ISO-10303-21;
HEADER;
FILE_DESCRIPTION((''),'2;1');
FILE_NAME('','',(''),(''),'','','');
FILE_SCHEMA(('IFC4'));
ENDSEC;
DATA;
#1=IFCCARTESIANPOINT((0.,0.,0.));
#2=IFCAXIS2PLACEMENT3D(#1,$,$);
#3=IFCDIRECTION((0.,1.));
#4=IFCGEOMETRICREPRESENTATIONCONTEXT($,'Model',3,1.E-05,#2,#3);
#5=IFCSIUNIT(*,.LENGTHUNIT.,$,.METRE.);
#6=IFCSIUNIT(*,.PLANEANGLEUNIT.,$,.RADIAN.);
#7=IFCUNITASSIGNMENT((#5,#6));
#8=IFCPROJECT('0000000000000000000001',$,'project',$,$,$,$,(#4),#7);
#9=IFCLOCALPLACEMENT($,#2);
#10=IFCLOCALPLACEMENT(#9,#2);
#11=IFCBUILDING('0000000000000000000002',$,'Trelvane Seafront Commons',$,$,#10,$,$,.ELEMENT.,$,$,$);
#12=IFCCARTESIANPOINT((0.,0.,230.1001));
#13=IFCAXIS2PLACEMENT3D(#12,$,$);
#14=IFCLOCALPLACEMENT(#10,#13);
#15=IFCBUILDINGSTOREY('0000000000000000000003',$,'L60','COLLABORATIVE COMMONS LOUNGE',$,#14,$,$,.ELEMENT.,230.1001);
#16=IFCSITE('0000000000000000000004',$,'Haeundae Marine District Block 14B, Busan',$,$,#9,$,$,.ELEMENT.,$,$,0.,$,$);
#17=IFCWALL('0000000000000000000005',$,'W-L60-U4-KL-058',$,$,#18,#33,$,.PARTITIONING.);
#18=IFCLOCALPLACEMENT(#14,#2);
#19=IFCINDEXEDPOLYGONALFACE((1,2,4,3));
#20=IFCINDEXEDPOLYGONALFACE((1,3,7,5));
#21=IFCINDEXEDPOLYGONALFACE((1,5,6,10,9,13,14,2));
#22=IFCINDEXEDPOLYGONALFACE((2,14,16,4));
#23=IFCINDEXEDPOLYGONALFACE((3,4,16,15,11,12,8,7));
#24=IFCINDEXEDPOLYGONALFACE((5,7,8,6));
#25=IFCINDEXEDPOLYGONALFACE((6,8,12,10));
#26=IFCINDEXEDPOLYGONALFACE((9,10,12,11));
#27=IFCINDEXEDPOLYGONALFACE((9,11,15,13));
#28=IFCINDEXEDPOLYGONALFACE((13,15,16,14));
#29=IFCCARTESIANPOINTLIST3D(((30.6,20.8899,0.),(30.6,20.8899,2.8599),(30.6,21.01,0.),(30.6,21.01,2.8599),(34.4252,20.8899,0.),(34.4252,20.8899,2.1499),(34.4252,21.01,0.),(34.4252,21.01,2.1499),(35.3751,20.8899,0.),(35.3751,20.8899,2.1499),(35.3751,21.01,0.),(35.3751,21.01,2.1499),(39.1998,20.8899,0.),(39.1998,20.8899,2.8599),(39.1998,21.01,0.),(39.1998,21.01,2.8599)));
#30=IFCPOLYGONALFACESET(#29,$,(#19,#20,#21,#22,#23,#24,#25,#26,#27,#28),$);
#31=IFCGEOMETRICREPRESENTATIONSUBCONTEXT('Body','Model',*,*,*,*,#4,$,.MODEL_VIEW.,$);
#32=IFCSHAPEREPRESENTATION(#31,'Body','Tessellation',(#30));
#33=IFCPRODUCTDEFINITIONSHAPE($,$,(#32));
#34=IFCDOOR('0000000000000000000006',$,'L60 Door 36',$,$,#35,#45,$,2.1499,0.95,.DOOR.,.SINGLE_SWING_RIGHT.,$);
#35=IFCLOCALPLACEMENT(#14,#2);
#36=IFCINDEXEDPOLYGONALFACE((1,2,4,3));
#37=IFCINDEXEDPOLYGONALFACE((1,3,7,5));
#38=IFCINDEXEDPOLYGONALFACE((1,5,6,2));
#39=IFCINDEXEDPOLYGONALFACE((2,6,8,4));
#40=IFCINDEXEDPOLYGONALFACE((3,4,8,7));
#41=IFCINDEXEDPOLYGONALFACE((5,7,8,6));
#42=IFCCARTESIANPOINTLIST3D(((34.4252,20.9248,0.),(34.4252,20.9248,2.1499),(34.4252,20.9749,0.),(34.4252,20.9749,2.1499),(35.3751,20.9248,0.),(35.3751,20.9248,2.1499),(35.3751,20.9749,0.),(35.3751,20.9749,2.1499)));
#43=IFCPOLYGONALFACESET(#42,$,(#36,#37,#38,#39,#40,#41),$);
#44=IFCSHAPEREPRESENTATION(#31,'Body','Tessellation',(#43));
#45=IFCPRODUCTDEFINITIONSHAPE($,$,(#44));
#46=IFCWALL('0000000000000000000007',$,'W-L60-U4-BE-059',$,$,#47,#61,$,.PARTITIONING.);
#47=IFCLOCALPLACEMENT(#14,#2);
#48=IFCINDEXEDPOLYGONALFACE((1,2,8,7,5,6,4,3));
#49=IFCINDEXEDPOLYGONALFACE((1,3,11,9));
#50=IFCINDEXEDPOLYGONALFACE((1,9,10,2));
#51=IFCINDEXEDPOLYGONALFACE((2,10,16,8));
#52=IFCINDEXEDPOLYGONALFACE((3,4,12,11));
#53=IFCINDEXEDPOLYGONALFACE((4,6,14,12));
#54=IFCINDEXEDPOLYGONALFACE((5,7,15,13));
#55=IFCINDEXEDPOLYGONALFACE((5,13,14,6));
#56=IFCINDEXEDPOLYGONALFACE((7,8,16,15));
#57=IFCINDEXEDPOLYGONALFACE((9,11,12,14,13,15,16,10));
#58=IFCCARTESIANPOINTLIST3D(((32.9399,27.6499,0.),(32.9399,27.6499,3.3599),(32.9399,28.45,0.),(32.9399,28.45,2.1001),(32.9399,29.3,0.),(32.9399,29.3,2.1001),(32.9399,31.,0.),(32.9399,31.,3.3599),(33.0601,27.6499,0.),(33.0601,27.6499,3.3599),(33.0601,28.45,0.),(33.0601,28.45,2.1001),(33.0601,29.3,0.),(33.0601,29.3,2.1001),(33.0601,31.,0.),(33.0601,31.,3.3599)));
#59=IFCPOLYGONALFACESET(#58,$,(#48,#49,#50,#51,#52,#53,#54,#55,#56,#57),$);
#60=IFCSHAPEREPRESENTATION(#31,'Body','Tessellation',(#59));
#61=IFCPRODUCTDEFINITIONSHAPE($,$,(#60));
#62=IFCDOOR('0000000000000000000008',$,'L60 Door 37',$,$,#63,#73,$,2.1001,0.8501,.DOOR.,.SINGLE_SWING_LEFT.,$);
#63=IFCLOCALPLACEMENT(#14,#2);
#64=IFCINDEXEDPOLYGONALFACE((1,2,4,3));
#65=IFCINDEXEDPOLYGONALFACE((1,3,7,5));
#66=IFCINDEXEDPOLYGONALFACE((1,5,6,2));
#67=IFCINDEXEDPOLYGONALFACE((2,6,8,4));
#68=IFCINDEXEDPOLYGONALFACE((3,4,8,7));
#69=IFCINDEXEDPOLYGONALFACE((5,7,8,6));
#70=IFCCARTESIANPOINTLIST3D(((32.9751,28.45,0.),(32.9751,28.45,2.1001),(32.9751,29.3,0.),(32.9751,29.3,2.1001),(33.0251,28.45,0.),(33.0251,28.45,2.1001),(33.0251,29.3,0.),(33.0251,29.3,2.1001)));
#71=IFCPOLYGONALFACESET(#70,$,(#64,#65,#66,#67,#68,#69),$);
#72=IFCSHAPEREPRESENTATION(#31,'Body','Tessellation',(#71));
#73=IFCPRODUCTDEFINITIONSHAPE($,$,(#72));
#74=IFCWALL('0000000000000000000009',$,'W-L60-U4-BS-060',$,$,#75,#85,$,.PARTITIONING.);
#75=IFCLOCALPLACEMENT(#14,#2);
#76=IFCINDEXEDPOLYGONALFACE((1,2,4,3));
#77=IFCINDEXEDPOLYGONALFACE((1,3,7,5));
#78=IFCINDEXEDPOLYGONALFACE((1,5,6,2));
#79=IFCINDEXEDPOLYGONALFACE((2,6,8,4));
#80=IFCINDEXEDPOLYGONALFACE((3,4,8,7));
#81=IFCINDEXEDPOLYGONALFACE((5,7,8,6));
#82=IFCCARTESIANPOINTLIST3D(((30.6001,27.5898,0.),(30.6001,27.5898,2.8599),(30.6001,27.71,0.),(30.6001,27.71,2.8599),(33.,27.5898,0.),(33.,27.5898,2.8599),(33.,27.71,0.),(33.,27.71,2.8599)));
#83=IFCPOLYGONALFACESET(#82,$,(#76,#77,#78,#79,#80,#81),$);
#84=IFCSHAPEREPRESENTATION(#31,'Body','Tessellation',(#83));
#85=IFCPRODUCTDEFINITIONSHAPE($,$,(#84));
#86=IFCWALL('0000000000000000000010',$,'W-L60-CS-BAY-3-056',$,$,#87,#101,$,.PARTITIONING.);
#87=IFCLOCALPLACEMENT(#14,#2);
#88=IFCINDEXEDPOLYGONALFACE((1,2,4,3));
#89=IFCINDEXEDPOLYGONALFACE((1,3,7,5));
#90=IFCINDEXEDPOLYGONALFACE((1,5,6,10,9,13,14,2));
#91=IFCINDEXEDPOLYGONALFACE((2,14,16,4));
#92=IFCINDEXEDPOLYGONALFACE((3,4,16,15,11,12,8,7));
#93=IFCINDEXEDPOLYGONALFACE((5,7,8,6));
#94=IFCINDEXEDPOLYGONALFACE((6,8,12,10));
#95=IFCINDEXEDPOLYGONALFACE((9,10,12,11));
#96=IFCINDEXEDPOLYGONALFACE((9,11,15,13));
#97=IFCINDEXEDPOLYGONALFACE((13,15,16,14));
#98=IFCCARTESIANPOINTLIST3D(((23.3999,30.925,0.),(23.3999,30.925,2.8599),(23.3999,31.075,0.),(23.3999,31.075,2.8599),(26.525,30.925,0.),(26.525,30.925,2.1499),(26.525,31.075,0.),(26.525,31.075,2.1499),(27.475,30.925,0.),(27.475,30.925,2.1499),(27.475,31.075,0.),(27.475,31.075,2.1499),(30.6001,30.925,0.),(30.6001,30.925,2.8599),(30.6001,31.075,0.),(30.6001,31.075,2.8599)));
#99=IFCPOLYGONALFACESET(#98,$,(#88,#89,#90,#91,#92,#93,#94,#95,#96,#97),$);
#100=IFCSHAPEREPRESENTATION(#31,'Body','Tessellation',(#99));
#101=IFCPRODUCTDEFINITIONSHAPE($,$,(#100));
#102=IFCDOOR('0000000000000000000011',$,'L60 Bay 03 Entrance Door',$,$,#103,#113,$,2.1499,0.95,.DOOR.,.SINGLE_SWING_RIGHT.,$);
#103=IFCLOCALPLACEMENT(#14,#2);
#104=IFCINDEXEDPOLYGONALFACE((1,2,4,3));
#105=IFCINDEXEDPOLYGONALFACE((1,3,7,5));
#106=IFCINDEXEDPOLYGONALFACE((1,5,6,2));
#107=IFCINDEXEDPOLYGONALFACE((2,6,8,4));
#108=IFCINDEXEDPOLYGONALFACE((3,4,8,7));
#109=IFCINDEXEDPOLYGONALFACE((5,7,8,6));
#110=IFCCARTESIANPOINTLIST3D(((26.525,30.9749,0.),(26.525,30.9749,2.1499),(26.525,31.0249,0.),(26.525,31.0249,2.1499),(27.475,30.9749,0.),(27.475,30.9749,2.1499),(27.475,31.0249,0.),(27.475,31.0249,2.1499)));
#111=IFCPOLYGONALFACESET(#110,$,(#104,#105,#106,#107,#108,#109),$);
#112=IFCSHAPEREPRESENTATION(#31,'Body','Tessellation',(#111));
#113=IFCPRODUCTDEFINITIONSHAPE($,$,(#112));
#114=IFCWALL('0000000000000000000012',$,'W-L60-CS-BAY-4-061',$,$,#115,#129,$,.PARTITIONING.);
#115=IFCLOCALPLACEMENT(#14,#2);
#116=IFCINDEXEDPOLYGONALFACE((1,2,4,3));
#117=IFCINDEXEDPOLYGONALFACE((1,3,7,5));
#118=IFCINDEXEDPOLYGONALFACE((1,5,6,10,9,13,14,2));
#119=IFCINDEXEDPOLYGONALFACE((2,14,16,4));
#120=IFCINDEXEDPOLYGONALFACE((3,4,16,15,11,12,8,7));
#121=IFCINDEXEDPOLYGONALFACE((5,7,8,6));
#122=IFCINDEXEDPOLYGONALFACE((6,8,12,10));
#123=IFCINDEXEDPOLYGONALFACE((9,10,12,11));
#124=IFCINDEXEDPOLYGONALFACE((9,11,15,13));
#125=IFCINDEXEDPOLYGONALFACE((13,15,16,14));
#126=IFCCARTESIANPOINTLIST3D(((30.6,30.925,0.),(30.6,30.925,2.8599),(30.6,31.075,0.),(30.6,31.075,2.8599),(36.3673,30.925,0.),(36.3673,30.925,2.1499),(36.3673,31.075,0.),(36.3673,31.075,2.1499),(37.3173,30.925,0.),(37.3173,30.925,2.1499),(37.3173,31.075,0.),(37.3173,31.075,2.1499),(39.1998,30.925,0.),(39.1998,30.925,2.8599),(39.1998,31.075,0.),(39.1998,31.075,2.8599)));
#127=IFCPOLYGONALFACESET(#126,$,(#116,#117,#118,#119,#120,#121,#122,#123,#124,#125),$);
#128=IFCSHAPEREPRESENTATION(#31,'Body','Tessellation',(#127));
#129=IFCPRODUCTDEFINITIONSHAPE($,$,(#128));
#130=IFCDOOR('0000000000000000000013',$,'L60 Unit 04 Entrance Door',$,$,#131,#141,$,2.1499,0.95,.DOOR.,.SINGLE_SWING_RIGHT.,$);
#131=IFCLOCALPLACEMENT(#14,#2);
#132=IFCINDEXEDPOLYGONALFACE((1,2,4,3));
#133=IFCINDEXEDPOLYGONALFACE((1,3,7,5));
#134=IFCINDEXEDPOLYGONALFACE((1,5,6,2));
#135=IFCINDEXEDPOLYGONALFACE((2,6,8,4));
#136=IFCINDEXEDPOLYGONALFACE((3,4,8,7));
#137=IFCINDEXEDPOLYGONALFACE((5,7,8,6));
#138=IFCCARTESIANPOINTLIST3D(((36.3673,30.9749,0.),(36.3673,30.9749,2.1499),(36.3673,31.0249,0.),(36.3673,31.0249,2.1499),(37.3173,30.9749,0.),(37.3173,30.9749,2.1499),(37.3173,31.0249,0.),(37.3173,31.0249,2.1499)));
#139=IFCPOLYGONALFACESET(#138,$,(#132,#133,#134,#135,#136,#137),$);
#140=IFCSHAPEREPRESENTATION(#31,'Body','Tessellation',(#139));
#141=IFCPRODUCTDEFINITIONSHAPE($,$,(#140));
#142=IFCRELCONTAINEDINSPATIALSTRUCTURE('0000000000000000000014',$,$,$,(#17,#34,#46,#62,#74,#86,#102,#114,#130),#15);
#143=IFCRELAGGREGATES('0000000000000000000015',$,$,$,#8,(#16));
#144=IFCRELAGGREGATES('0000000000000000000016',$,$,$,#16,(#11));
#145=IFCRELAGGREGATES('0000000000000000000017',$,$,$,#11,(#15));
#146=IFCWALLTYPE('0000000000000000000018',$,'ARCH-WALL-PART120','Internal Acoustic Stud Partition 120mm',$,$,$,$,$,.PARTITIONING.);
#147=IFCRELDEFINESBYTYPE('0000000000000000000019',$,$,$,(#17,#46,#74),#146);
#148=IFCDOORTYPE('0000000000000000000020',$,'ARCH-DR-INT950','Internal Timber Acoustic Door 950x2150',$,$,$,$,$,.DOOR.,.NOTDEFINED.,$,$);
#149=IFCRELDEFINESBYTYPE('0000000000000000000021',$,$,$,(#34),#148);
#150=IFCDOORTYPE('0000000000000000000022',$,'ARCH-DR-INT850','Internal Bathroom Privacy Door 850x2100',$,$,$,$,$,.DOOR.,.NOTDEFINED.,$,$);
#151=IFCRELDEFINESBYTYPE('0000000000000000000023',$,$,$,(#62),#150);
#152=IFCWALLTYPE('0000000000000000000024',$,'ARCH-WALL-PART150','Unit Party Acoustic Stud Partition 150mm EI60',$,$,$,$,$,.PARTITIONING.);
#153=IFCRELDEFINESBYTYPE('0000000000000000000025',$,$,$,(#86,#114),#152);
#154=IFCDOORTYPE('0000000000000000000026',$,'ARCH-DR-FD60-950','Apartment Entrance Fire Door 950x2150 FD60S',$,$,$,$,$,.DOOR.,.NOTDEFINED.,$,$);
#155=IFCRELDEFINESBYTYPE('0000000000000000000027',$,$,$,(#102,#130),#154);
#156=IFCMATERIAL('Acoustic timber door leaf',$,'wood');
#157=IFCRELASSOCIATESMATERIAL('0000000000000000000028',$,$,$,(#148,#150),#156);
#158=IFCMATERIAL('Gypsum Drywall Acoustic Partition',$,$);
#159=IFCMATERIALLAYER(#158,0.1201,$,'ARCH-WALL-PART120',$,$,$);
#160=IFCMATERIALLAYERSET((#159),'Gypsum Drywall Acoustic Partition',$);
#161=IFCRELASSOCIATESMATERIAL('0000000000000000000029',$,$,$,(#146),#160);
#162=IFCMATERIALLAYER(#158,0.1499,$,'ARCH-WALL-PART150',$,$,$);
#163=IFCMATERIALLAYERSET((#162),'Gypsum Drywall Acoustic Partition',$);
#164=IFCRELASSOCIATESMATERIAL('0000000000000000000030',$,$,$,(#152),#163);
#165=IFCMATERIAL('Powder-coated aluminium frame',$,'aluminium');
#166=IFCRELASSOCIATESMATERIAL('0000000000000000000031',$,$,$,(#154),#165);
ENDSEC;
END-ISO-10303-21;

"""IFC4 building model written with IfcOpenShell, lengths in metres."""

from ifc_helpers import new_model, si_unit, direction, frame, frame_2d, origin, place, context, subcontext, project, spatial, rectangle, extrude, source, transform, mapped, material, layer, layer_set, type_object, element, fill, save


model = new_model("IFC4")

# Units and contexts
model_context = context("Model", 3, precision=1e-05, world=origin(), true_north=direction((0.0, 1.0)))
body_context = subcontext(model_context, "Body", "Model", "MODEL_VIEW")
ifc_project = project(units=[si_unit("LENGTHUNIT", "METRE"), si_unit("PLANEANGLEUNIT", "RADIAN")], contexts=[model_context])

# Site, building, storey
site_placement = place(None, origin())
site = spatial("IfcSite", under=ifc_project, at=site_placement, Name="Haeundae Marine District Block 14B, Busan", CompositionType="ELEMENT", RefElevation=0.0)
building_placement = place(site_placement, origin())
building = spatial("IfcBuilding", under=site, at=building_placement, Name="Trelvane Seafront Commons", CompositionType="ELEMENT")
storey_placement = place(building_placement, frame((0.0, 0.0, 230.1001)))
storey = spatial("IfcBuildingStorey", under=building, at=storey_placement, Name="L60", Description="COLLABORATIVE COMMONS LOUNGE", CompositionType="ELEMENT", Elevation=230.1001)

# Walls, openings, doors
ifc_material_1 = material(Name="Powder-coated aluminium frame", Category="aluminium")
ifc_material_2 = material(Name="Acoustic timber door leaf", Category="wood")
door_type_1 = type_object("IfcDoorType", Name="ARCH-DR-INT950", Description="Internal Timber Acoustic Door 950x2150", OperationType="NOTDEFINED", PredefinedType="DOOR", material=ifc_material_2)
shared_shape_1 = source(origin(), body_context, "Body", "SweptSolid", [
    extrude(rectangle(XDim=0.95, YDim=2.1499, at=frame_2d((0.4751, 1.075))), frame((0.0, 0.0249, 0.0), z_axis=(0.0, -1.0, 0.0), x_axis=(1.0, 0.0, 0.0)), (0.0, 0.0, 1.0), 0.05),
])
ifc_material_3 = material(Name="Gypsum Drywall Acoustic Partition")
ifc_layer_1 = layer(ifc_material_3, 0.1201, Name="ARCH-WALL-PART120")
ifc_layer_set_1 = layer_set([ifc_layer_1], Name="Gypsum Drywall Acoustic Partition")
wall_type_1 = type_object("IfcWallType", Name="ARCH-WALL-PART120", Description="Internal Acoustic Stud Partition 120mm", PredefinedType="PARTITIONING", material=ifc_layer_set_1)
wall_1_placement = place(storey_placement, frame((30.6001, 20.95, 0.0), z_axis=(0.0, 0.0, 1.0), x_axis=(1.0, 0.0, 0.0)))
wall_1 = element("IfcWall", 1, at=wall_1_placement, inside=storey, type_object=wall_type_1, Name="W-L60-U4-KL-058", PredefinedType="PARTITIONING", context=body_context, shape_type="SweptSolid", body=[
    extrude(rectangle(XDim=8.5999, YDim=0.1201, at=frame_2d((4.2998, 0.0))), origin(), (0.0, 0.0, 1.0), 2.8599),
])
opening_1_placement = place(wall_1_placement, frame((3.825, 0.0, 0.0)))
opening_1 = element("IfcOpeningElement", 2, at=opening_1_placement, cuts=wall_1, PredefinedType="OPENING", context=body_context, shape_type="SweptSolid", body=[
    extrude(rectangle(XDim=0.95, YDim=2.1499, at=frame_2d((0.4751, 1.075))), frame((0.0, 0.0701, 0.0), z_axis=(0.0, -1.0, 0.0), x_axis=(1.0, 0.0, 0.0)), (0.0, 0.0, 1.0), 0.1401),
])
door_1_placement = place(opening_1_placement, origin())
door_1 = element("IfcDoor", 3, at=door_1_placement, inside=storey, type_object=door_type_1, Name="L60 Door 36", OperationType="SINGLE_SWING_RIGHT", OverallHeight=2.1499, OverallWidth=0.95, PredefinedType="DOOR", context=body_context, shape_type="MappedRepresentation", body=[
    mapped(shared_shape_1, transform((0.0, 0.0, 0.0), x_axis=(1.0, 0.0, 0.0), y_axis=(0.0, 1.0, 0.0), z_axis=(0.0, 0.0, 1.0), scale=1.0)),
])
fill(opening_1, door_1)
wall_2_placement = place(storey_placement, frame((33.0, 27.6499, 0.0), z_axis=(0.0, 0.0, 1.0), x_axis=(0.0, 1.0, 0.0)))
wall_2 = element("IfcWall", 4, at=wall_2_placement, inside=storey, type_object=wall_type_1, Name="W-L60-U4-BE-059", PredefinedType="PARTITIONING", context=body_context, shape_type="SweptSolid", body=[
    extrude(rectangle(XDim=3.3501, YDim=0.1201, at=frame_2d((1.675, 0.0))), origin(), (0.0, 0.0, 1.0), 3.3599),
])
opening_2_placement = place(wall_2_placement, frame((0.8, 0.0, 0.0)))
opening_2 = element("IfcOpeningElement", 5, at=opening_2_placement, cuts=wall_2, PredefinedType="OPENING", context=body_context, shape_type="SweptSolid", body=[
    extrude(rectangle(XDim=0.8501, YDim=2.1001, at=frame_2d((0.425, 1.05))), frame((0.0, 0.0701, 0.0), z_axis=(0.0, -1.0, 0.0), x_axis=(1.0, 0.0, 0.0)), (0.0, 0.0, 1.0), 0.1401),
])
door_type_2 = type_object("IfcDoorType", Name="ARCH-DR-INT850", Description="Internal Bathroom Privacy Door 850x2100", OperationType="NOTDEFINED", PredefinedType="DOOR", material=ifc_material_2)
shared_shape_2 = source(origin(), body_context, "Body", "SweptSolid", [
    extrude(rectangle(XDim=0.8501, YDim=2.1001, at=frame_2d((0.425, 1.05))), frame((0.0, 0.0249, 0.0), z_axis=(0.0, -1.0, 0.0), x_axis=(1.0, 0.0, 0.0)), (0.0, 0.0, 1.0), 0.05),
])
door_2_placement = place(opening_2_placement, origin())
door_2 = element("IfcDoor", 6, at=door_2_placement, inside=storey, type_object=door_type_2, Name="L60 Door 37", OperationType="SINGLE_SWING_LEFT", OverallHeight=2.1001, OverallWidth=0.8501, PredefinedType="DOOR", context=body_context, shape_type="MappedRepresentation", body=[
    mapped(shared_shape_2, transform((0.0, 0.0, 0.0), x_axis=(1.0, 0.0, 0.0), y_axis=(0.0, 1.0, 0.0), z_axis=(0.0, 0.0, 1.0), scale=1.0)),
])
fill(opening_2, door_2)

# Wall
wall_3_placement = place(storey_placement, frame((30.6001, 27.6499, 0.0), z_axis=(0.0, 0.0, 1.0), x_axis=(1.0, 0.0, 0.0)))
element("IfcWall", 7, at=wall_3_placement, inside=storey, type_object=wall_type_1, Name="W-L60-U4-BS-060", PredefinedType="PARTITIONING", context=body_context, shape_type="SweptSolid", body=[
    extrude(rectangle(XDim=2.3999, YDim=0.1201, at=frame_2d((1.2, 0.0))), origin(), (0.0, 0.0, 1.0), 2.8599),
])

# Walls, openings, doors
ifc_layer_2 = layer(ifc_material_3, 0.1499, Name="ARCH-WALL-PART150")
ifc_layer_set_2 = layer_set([ifc_layer_2], Name="Gypsum Drywall Acoustic Partition")
wall_type_2 = type_object("IfcWallType", Name="ARCH-WALL-PART150", Description="Unit Party Acoustic Stud Partition 150mm EI60", PredefinedType="PARTITIONING", material=ifc_layer_set_2)
wall_4_placement = place(storey_placement, frame((23.3999, 31.0, 0.0), z_axis=(0.0, 0.0, 1.0), x_axis=(1.0, 0.0, 0.0)))
wall_4 = element("IfcWall", 8, at=wall_4_placement, inside=storey, type_object=wall_type_2, Name="W-L60-CS-BAY-3-056", PredefinedType="PARTITIONING", context=body_context, shape_type="SweptSolid", body=[
    extrude(rectangle(XDim=7.2002, YDim=0.1499, at=frame_2d((3.6001, 0.0))), origin(), (0.0, 0.0, 1.0), 2.8599),
])
opening_3_placement = place(wall_4_placement, frame((3.125, 0.0, 0.0)))
opening_3 = element("IfcOpeningElement", 9, at=opening_3_placement, cuts=wall_4, PredefinedType="OPENING", context=body_context, shape_type="SweptSolid", body=[
    extrude(rectangle(XDim=0.95, YDim=2.1499, at=frame_2d((0.4751, 1.075))), frame((0.0, 0.085, 0.0), z_axis=(0.0, -1.0, 0.0), x_axis=(1.0, 0.0, 0.0)), (0.0, 0.0, 1.0), 0.1699),
])
door_type_3 = type_object("IfcDoorType", Name="ARCH-DR-FD60-950", Description="Apartment Entrance Fire Door 950x2150 FD60S", OperationType="NOTDEFINED", PredefinedType="DOOR", material=ifc_material_1)
door_3_placement = place(opening_3_placement, origin())
door_3 = element("IfcDoor", 10, at=door_3_placement, inside=storey, type_object=door_type_3, Name="L60 Bay 03 Entrance Door", OperationType="SINGLE_SWING_RIGHT", OverallHeight=2.1499, OverallWidth=0.95, PredefinedType="DOOR", context=body_context, shape_type="MappedRepresentation", body=[
    mapped(shared_shape_1, transform((0.0, 0.0, 0.0), x_axis=(1.0, 0.0, 0.0), y_axis=(0.0, 1.0, 0.0), z_axis=(0.0, 0.0, 1.0), scale=1.0)),
])
fill(opening_3, door_3)
wall_5_placement = place(storey_placement, frame((30.6001, 31.0, 0.0), z_axis=(0.0, 0.0, 1.0), x_axis=(1.0, 0.0, 0.0)))
wall_5 = element("IfcWall", 11, at=wall_5_placement, inside=storey, type_object=wall_type_2, Name="W-L60-CS-BAY-4-061", PredefinedType="PARTITIONING", context=body_context, shape_type="SweptSolid", body=[
    extrude(rectangle(XDim=8.5999, YDim=0.1499, at=frame_2d((4.2998, 0.0))), origin(), (0.0, 0.0, 1.0), 2.8599),
])
opening_4_placement = place(wall_5_placement, frame((5.7671, 0.0, 0.0)))
opening_4 = element("IfcOpeningElement", 12, at=opening_4_placement, cuts=wall_5, PredefinedType="OPENING", context=body_context, shape_type="SweptSolid", body=[
    extrude(rectangle(XDim=0.95, YDim=2.1499, at=frame_2d((0.4751, 1.075))), frame((0.0, 0.085, 0.0), z_axis=(0.0, -1.0, 0.0), x_axis=(1.0, 0.0, 0.0)), (0.0, 0.0, 1.0), 0.1699),
])
door_4_placement = place(opening_4_placement, origin())
door_4 = element("IfcDoor", 13, at=door_4_placement, inside=storey, type_object=door_type_3, Name="L60 Unit 04 Entrance Door", OperationType="SINGLE_SWING_RIGHT", OverallHeight=2.1499, OverallWidth=0.95, PredefinedType="DOOR", context=body_context, shape_type="MappedRepresentation", body=[
    mapped(shared_shape_1, transform((0.0, 0.0, 0.0), x_axis=(1.0, 0.0, 0.0), y_axis=(0.0, 1.0, 0.0), z_axis=(0.0, 0.0, 1.0), scale=1.0)),
])
fill(opening_4, door_4)

save(model, "model.ifc")
